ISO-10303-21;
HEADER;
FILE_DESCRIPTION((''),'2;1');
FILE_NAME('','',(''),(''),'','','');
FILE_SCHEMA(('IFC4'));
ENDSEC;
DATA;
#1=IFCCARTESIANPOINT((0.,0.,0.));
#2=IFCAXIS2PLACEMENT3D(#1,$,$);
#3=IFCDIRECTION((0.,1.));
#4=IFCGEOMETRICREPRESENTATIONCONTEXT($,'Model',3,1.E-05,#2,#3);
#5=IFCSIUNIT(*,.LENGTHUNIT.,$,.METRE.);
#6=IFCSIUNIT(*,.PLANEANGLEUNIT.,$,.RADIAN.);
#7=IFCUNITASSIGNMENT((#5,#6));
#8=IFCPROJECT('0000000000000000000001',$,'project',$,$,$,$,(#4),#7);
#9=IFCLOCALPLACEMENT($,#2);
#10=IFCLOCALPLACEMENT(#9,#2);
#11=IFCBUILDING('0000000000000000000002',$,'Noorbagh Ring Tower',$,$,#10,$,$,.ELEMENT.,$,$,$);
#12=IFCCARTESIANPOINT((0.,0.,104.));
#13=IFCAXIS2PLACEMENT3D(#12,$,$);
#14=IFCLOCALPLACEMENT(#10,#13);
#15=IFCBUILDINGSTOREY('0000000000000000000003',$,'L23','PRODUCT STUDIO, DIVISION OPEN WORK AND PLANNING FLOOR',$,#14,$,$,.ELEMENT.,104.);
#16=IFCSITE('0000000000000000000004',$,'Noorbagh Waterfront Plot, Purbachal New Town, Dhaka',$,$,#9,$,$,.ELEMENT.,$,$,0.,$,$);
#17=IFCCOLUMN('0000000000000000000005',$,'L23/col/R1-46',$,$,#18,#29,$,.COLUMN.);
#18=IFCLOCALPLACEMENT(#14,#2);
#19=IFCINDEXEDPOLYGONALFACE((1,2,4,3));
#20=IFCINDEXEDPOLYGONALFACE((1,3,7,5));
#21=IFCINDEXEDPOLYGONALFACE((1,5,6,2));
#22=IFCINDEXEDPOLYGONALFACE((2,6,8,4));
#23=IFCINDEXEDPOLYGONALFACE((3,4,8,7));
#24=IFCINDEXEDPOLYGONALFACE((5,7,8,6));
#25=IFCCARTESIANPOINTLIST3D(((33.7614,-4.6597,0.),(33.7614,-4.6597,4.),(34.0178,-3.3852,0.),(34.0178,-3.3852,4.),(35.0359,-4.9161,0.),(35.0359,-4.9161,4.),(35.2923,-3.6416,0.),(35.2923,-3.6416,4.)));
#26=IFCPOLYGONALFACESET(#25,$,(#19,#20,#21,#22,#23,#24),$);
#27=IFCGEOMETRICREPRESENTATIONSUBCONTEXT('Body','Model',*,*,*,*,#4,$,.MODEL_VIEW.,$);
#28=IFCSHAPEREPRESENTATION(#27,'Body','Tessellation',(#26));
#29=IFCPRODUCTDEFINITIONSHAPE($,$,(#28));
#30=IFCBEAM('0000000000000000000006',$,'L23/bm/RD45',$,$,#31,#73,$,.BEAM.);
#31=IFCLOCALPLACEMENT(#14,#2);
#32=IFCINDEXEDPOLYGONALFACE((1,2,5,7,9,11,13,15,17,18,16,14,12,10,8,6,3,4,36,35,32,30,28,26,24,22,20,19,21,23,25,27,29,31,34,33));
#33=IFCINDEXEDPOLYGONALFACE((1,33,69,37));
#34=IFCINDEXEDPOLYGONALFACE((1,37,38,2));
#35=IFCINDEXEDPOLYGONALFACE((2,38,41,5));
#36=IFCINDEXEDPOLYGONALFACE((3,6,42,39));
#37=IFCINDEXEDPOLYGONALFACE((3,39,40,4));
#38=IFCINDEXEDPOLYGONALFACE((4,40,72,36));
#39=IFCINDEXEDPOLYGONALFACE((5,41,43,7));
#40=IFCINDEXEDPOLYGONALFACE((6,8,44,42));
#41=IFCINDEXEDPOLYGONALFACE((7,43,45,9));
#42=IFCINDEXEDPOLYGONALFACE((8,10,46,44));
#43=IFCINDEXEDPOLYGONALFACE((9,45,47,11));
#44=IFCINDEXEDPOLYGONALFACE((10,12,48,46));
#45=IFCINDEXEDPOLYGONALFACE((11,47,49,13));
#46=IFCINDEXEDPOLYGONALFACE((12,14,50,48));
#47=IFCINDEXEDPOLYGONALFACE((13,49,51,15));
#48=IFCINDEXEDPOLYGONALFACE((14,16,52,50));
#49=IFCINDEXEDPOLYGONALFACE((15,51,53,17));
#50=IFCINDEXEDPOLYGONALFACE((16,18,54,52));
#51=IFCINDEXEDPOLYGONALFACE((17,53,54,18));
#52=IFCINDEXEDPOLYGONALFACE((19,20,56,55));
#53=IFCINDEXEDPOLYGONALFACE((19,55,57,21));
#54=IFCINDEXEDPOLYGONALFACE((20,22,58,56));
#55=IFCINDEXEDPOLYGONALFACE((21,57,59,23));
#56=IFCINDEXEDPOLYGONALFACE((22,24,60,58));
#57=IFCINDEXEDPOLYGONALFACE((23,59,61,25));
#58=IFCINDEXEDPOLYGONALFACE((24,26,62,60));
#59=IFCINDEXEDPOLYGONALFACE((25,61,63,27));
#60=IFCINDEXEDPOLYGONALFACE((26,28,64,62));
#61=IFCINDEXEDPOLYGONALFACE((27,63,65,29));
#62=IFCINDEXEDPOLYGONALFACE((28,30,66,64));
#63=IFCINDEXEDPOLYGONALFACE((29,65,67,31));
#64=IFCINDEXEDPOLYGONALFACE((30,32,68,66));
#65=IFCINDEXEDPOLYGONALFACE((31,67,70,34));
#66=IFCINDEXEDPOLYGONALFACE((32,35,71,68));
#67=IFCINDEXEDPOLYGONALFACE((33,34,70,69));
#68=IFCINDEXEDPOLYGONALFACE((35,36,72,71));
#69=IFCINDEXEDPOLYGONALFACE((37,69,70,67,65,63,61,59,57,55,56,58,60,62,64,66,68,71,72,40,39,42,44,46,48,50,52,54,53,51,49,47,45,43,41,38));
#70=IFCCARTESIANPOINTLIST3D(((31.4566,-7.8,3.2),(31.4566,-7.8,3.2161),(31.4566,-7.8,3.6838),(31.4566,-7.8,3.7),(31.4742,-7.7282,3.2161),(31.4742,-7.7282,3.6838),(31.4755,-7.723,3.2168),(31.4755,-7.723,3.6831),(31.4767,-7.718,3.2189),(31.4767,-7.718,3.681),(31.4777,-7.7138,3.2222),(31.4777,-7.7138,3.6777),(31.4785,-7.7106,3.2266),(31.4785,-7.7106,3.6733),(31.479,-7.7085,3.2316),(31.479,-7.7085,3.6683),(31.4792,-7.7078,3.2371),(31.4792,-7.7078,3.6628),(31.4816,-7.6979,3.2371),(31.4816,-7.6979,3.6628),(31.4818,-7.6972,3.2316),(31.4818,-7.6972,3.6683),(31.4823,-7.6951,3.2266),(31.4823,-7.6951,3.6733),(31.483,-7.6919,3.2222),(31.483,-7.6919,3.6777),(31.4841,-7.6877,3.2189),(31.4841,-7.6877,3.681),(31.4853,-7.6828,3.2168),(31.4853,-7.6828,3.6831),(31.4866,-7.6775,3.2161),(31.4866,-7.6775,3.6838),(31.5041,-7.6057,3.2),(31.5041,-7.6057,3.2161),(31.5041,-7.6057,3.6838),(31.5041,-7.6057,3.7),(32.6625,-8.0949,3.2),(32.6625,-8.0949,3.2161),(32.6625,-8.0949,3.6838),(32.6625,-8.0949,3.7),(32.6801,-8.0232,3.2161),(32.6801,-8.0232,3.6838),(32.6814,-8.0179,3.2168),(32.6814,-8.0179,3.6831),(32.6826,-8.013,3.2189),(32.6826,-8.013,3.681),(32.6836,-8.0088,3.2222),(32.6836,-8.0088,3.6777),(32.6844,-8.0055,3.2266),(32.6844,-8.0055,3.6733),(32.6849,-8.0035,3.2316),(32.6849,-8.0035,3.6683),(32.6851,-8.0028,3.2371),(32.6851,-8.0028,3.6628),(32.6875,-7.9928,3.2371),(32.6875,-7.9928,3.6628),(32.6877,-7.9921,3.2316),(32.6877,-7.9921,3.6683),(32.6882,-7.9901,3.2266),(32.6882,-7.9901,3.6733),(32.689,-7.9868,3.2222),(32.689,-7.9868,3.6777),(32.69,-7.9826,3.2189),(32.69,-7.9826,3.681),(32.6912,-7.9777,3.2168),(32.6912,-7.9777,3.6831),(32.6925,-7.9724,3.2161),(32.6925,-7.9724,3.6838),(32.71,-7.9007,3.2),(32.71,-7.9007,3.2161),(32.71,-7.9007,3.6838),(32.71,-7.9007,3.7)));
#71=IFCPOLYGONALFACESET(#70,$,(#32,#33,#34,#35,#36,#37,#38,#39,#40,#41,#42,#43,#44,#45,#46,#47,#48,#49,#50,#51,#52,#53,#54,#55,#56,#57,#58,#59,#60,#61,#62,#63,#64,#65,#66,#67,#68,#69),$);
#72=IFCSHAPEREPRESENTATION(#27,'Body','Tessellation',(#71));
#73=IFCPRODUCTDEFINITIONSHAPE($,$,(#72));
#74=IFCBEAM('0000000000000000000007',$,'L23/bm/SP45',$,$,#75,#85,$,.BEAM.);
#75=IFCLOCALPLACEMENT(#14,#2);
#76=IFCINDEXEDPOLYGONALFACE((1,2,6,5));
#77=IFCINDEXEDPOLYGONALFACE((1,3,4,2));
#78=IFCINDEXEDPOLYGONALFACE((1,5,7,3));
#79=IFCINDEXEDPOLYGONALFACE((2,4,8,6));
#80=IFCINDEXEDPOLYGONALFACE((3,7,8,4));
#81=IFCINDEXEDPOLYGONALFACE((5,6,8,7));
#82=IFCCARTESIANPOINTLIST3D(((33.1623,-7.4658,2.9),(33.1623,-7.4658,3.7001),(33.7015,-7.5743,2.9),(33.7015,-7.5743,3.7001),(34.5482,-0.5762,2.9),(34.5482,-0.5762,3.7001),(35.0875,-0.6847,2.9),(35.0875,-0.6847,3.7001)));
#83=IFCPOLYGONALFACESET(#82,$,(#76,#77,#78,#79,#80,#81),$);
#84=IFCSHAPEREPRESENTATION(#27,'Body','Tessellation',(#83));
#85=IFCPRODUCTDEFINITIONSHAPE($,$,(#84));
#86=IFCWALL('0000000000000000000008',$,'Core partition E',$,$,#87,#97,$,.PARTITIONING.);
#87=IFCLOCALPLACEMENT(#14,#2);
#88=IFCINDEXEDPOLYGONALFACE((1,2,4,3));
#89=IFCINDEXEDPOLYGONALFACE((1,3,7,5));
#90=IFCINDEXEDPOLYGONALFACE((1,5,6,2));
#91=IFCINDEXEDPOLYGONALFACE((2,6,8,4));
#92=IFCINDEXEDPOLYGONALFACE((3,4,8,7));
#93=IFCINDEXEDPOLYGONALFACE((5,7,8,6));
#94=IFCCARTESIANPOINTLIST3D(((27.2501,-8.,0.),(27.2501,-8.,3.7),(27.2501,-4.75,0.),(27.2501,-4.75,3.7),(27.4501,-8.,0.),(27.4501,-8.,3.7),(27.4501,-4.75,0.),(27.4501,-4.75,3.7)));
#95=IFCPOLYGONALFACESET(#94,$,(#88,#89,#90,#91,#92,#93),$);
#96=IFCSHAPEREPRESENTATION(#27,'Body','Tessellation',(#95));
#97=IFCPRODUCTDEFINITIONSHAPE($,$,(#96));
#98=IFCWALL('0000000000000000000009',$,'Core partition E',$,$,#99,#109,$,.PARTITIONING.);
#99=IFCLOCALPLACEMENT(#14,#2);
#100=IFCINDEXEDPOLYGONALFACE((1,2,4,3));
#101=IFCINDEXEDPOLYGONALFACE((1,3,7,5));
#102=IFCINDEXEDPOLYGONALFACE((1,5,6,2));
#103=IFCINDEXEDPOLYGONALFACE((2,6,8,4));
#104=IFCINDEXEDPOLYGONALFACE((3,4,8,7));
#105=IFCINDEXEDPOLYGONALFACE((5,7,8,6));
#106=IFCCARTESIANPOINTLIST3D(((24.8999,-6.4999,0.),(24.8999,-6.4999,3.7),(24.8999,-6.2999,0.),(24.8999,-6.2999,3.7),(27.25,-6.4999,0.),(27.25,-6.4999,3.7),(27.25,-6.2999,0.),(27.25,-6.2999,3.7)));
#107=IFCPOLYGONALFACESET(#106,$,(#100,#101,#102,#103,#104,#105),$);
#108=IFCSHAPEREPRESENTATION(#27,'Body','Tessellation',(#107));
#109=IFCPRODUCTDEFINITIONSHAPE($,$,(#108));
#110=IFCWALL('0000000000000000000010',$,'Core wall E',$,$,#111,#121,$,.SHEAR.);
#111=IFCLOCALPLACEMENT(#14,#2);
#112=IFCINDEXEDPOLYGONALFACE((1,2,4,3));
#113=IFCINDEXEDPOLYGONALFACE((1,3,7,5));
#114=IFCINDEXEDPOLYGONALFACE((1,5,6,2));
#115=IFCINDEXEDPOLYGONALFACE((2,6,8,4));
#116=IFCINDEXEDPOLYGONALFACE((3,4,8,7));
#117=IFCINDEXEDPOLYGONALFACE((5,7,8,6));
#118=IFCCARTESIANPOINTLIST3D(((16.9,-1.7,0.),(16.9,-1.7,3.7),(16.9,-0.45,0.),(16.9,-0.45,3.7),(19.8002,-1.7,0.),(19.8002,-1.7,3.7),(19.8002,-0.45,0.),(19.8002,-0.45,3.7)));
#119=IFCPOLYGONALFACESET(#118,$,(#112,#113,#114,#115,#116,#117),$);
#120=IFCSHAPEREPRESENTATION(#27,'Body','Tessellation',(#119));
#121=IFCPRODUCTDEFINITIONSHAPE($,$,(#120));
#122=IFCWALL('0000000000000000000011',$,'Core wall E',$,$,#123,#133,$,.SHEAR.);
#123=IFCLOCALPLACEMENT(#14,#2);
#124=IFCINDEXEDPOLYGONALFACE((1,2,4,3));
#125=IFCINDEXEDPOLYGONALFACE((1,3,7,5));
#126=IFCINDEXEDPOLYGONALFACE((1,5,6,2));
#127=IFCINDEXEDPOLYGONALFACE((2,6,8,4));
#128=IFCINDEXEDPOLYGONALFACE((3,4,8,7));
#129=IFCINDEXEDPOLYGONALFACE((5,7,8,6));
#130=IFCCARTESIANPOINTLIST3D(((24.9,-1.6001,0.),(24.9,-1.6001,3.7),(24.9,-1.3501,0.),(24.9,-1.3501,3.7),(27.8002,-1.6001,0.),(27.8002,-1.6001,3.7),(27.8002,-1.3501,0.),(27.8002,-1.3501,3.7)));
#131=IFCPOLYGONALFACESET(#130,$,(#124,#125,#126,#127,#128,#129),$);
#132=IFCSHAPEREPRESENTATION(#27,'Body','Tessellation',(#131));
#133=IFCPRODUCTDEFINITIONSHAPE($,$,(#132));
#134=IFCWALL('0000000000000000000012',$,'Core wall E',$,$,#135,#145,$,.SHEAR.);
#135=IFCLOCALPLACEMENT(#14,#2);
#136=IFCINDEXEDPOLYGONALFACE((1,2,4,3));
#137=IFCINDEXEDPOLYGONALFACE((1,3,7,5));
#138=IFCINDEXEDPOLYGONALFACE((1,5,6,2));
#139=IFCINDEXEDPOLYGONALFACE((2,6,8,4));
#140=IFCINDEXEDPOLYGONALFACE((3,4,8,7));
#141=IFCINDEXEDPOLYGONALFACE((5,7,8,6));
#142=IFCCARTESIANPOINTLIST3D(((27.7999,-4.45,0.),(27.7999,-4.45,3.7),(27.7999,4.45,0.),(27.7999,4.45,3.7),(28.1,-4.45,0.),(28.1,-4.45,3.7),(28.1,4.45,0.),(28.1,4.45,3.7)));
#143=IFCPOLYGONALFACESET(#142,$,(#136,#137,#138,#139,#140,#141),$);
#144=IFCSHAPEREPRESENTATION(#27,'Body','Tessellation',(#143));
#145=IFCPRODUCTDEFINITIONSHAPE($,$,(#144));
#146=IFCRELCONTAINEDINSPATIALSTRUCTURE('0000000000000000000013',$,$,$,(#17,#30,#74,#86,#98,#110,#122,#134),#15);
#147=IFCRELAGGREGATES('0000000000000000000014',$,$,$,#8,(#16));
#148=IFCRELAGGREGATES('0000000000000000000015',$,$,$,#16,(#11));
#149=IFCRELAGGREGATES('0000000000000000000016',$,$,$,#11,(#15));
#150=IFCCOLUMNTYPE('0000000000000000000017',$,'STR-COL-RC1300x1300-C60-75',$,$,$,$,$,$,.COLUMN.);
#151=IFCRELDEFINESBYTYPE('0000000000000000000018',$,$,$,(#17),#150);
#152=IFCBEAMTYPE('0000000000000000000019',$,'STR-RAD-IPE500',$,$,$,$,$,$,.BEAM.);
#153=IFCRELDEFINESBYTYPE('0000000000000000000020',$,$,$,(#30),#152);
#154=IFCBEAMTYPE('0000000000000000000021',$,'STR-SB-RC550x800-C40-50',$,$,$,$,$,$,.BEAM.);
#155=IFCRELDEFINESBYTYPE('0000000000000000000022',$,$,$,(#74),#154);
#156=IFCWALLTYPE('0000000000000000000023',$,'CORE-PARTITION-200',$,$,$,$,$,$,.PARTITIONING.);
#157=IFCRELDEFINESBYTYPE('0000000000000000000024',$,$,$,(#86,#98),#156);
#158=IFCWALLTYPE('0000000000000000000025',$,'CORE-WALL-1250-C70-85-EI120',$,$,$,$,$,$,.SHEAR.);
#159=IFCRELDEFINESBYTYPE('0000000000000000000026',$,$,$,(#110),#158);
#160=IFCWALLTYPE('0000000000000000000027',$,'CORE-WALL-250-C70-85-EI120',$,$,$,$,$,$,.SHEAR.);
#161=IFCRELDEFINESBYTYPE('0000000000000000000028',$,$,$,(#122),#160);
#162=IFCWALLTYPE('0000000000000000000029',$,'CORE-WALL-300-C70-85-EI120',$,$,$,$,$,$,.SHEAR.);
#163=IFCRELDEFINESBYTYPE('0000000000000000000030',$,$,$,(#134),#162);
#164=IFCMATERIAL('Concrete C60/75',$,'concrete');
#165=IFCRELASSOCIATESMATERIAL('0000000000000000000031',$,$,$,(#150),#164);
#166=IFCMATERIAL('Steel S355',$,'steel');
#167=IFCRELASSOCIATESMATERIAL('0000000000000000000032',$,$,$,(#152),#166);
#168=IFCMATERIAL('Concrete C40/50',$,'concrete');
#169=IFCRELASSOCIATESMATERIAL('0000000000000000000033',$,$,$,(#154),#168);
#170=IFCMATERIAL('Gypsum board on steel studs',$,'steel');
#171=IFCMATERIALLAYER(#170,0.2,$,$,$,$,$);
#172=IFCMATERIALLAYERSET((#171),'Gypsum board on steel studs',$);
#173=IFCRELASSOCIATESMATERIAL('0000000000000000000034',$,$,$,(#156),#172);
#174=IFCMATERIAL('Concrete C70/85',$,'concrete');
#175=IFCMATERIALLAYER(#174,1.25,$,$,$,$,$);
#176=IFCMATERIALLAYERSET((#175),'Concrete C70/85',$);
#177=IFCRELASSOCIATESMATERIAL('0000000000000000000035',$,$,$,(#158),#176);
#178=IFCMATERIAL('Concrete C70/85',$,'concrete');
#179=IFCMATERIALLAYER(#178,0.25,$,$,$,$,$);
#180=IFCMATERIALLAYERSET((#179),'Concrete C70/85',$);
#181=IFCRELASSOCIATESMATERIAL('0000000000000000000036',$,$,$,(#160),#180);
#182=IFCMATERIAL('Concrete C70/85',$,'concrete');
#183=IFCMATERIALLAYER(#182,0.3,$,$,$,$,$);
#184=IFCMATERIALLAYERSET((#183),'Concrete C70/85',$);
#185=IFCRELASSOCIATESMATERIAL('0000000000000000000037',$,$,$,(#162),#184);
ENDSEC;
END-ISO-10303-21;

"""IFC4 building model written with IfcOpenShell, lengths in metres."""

from ifc_helpers import new_model, si_unit, direction, frame, frame_2d, origin, origin_2d, place, context, subcontext, project, spatial, rectangle, i_section, extrude, material, layer, layer_set, material_profile, profile_set, type_object, element, save


model = new_model("IFC4")

# Units and contexts
model_context = context("Model", 3, precision=1e-05, world=origin(), true_north=direction((0.0, 1.0)))
body_context = subcontext(model_context, "Body", "Model", "MODEL_VIEW")
ifc_project = project(units=[si_unit("LENGTHUNIT", "METRE"), si_unit("PLANEANGLEUNIT", "RADIAN")], contexts=[model_context])

# Site, building, storey
site_placement = place(None, origin())
site = spatial("IfcSite", under=ifc_project, at=site_placement, Name="Noorbagh Waterfront Plot, Purbachal New Town, Dhaka", CompositionType="ELEMENT", RefElevation=0.0)
building_placement = place(site_placement, origin())
building = spatial("IfcBuilding", under=site, at=building_placement, Name="Noorbagh Ring Tower", CompositionType="ELEMENT")
storey_placement = place(building_placement, frame((0.0, 0.0, 104.0)))
storey = spatial("IfcBuildingStorey", under=building, at=storey_placement, Name="L23", Description="PRODUCT STUDIO, DIVISION OPEN WORK AND PLANNING FLOOR", CompositionType="ELEMENT", Elevation=104.0)

# Column
ifc_material_1 = material(Name="Concrete C60/75", Category="concrete")
ifc_material_profile_1 = material_profile(ifc_material_1, rectangle(XDim=1.3, YDim=1.3, at=origin_2d()), Name="RC1300x1300")
ifc_profile_set_1 = profile_set([ifc_material_profile_1], Name="Concrete C60/75")
column_type = type_object("IfcColumnType", Name="STR-COL-RC1300x1300-C60-75", PredefinedType="COLUMN", material=ifc_profile_set_1)
column_placement = place(storey_placement, frame((34.5269, -4.1506, 0.0), z_axis=(0.0, 0.0, 1.0), x_axis=(0.19723, 0.980357, 0.0)))
element("IfcColumn", 1, at=column_placement, inside=storey, type_object=column_type, Name="L23/col/R1-46", PredefinedType="COLUMN", context=body_context, shape_type="SweptSolid", body=[
    extrude(rectangle(XDim=1.3, YDim=1.3, at=origin_2d()), origin(), (0.0, 0.0, 1.0), 4.0),
])

# Beams
ifc_material_2 = material(Name="Steel S355", Category="steel")
ifc_material_profile_2 = material_profile(ifc_material_2, i_section(OverallWidth=0.2, OverallDepth=0.5, WebThickness=0.0103, FlangeThickness=0.0161, FilletRadius=0.021, at=origin_2d()), Name="IPE500")
ifc_profile_set_2 = profile_set([ifc_material_profile_2], Name="Steel S355")
beam_type_1 = type_object("IfcBeamType", Name="STR-RAD-IPE500", PredefinedType="BEAM", material=ifc_profile_set_2)
beam_1_placement = place(storey_placement, frame((32.6863, -7.9978, 3.45), z_axis=(-0.971368, 0.237581, 0.0), x_axis=(-0.237581, -0.971368, 0.0)))
element("IfcBeam", 2, at=beam_1_placement, inside=storey, type_object=beam_type_1, Name="L23/bm/RD45", PredefinedType="BEAM", context=body_context, shape_type="SweptSolid", body=[
    extrude(i_section(OverallWidth=0.2, OverallDepth=0.5, WebThickness=0.0103, FlangeThickness=0.0161, FilletRadius=0.021, at=origin_2d()), origin(), (0.0, 0.0, 1.0), 1.2415),
])
ifc_material_3 = material(Name="Concrete C40/50", Category="concrete")
ifc_material_profile_3 = material_profile(ifc_material_3, rectangle(XDim=0.55, YDim=0.8, at=origin_2d()), Name="RC550x800")
ifc_profile_set_3 = profile_set([ifc_material_profile_3], Name="Concrete C40/50")
beam_type_2 = type_object("IfcBeamType", Name="STR-SB-RC550x800-C40-50", PredefinedType="BEAM", material=ifc_profile_set_3)
beam_2_placement = place(storey_placement, frame((33.4319, -7.52, 3.3), z_axis=(0.197218, 0.98036, 0.0), x_axis=(-0.98036, 0.197218, 0.0)))
element("IfcBeam", 3, at=beam_2_placement, inside=storey, type_object=beam_type_2, Name="L23/bm/SP45", PredefinedType="BEAM", context=body_context, shape_type="SweptSolid", body=[
    extrude(rectangle(XDim=0.55, YDim=0.8, at=origin_2d()), origin(), (0.0, 0.0, 1.0), 7.0276),
])

# Walls
ifc_material_4 = material(Name="Gypsum board on steel studs", Category="steel")
ifc_layer_1 = layer(ifc_material_4, 0.2)
ifc_layer_set_1 = layer_set([ifc_layer_1], Name="Gypsum board on steel studs")
wall_type_1 = type_object("IfcWallType", Name="CORE-PARTITION-200", PredefinedType="PARTITIONING", material=ifc_layer_set_1)
wall_1_placement = place(storey_placement, frame((27.3501, -8.0, 0.0), z_axis=(0.0, 0.0, 1.0), x_axis=(0.0, 1.0, 0.0)))
element("IfcWall", 4, at=wall_1_placement, inside=storey, type_object=wall_type_1, Name="Core partition E", PredefinedType="PARTITIONING", context=body_context, shape_type="SweptSolid", body=[
    extrude(rectangle(XDim=3.25, YDim=0.2, at=frame_2d((1.625, 0.0))), origin(), (0.0, 0.0, 1.0), 3.7),
])
wall_2_placement = place(storey_placement, frame((24.8999, -6.3999, 0.0), z_axis=(0.0, 0.0, 1.0), x_axis=(1.0, 0.0, 0.0)))
element("IfcWall", 5, at=wall_2_placement, inside=storey, type_object=wall_type_1, Name="Core partition E", PredefinedType="PARTITIONING", context=body_context, shape_type="SweptSolid", body=[
    extrude(rectangle(XDim=2.3501, YDim=0.2, at=frame_2d((1.175, 0.0))), origin(), (0.0, 0.0, 1.0), 3.7),
])
ifc_material_5 = material(Name="Concrete C70/85", Category="concrete")
ifc_layer_2 = layer(ifc_material_5, 1.25)
ifc_layer_set_2 = layer_set([ifc_layer_2], Name="Concrete C70/85")
wall_type_2 = type_object("IfcWallType", Name="CORE-WALL-1250-C70-85-EI120", PredefinedType="SHEAR", material=ifc_layer_set_2)
wall_3_placement = place(storey_placement, frame((16.8999, -1.075, 0.0), z_axis=(0.0, 0.0, 1.0), x_axis=(1.0, 0.0, 0.0)))
element("IfcWall", 6, at=wall_3_placement, inside=storey, type_object=wall_type_2, Name="Core wall E", PredefinedType="SHEAR", context=body_context, shape_type="SweptSolid", body=[
    extrude(rectangle(XDim=2.9001, YDim=1.25, at=frame_2d((1.4502, 0.0))), origin(), (0.0, 0.0, 1.0), 3.7),
])
ifc_material_6 = material(Name="Concrete C70/85", Category="concrete")
ifc_layer_3 = layer(ifc_material_6, 0.25)
ifc_layer_set_3 = layer_set([ifc_layer_3], Name="Concrete C70/85")
wall_type_3 = type_object("IfcWallType", Name="CORE-WALL-250-C70-85-EI120", PredefinedType="SHEAR", material=ifc_layer_set_3)
wall_4_placement = place(storey_placement, frame((24.8999, -1.4751, 0.0), z_axis=(0.0, 0.0, 1.0), x_axis=(1.0, 0.0, 0.0)))
element("IfcWall", 7, at=wall_4_placement, inside=storey, type_object=wall_type_3, Name="Core wall E", PredefinedType="SHEAR", context=body_context, shape_type="SweptSolid", body=[
    extrude(rectangle(XDim=2.9001, YDim=0.25, at=frame_2d((1.4502, 0.0))), origin(), (0.0, 0.0, 1.0), 3.7),
])
ifc_material_7 = material(Name="Concrete C70/85", Category="concrete")
ifc_layer_4 = layer(ifc_material_7, 0.3)
ifc_layer_set_4 = layer_set([ifc_layer_4], Name="Concrete C70/85")
wall_type_4 = type_object("IfcWallType", Name="CORE-WALL-300-C70-85-EI120", PredefinedType="SHEAR", material=ifc_layer_set_4)
wall_5_placement = place(storey_placement, frame((27.95, -4.45, 0.0), z_axis=(0.0, 0.0, 1.0), x_axis=(0.0, 1.0, 0.0)))
element("IfcWall", 8, at=wall_5_placement, inside=storey, type_object=wall_type_4, Name="Core wall E", PredefinedType="SHEAR", context=body_context, shape_type="SweptSolid", body=[
    extrude(rectangle(XDim=8.8999, YDim=0.3, at=frame_2d((4.45, 0.0))), origin(), (0.0, 0.0, 1.0), 3.7),
])

save(model, "model.ifc")
